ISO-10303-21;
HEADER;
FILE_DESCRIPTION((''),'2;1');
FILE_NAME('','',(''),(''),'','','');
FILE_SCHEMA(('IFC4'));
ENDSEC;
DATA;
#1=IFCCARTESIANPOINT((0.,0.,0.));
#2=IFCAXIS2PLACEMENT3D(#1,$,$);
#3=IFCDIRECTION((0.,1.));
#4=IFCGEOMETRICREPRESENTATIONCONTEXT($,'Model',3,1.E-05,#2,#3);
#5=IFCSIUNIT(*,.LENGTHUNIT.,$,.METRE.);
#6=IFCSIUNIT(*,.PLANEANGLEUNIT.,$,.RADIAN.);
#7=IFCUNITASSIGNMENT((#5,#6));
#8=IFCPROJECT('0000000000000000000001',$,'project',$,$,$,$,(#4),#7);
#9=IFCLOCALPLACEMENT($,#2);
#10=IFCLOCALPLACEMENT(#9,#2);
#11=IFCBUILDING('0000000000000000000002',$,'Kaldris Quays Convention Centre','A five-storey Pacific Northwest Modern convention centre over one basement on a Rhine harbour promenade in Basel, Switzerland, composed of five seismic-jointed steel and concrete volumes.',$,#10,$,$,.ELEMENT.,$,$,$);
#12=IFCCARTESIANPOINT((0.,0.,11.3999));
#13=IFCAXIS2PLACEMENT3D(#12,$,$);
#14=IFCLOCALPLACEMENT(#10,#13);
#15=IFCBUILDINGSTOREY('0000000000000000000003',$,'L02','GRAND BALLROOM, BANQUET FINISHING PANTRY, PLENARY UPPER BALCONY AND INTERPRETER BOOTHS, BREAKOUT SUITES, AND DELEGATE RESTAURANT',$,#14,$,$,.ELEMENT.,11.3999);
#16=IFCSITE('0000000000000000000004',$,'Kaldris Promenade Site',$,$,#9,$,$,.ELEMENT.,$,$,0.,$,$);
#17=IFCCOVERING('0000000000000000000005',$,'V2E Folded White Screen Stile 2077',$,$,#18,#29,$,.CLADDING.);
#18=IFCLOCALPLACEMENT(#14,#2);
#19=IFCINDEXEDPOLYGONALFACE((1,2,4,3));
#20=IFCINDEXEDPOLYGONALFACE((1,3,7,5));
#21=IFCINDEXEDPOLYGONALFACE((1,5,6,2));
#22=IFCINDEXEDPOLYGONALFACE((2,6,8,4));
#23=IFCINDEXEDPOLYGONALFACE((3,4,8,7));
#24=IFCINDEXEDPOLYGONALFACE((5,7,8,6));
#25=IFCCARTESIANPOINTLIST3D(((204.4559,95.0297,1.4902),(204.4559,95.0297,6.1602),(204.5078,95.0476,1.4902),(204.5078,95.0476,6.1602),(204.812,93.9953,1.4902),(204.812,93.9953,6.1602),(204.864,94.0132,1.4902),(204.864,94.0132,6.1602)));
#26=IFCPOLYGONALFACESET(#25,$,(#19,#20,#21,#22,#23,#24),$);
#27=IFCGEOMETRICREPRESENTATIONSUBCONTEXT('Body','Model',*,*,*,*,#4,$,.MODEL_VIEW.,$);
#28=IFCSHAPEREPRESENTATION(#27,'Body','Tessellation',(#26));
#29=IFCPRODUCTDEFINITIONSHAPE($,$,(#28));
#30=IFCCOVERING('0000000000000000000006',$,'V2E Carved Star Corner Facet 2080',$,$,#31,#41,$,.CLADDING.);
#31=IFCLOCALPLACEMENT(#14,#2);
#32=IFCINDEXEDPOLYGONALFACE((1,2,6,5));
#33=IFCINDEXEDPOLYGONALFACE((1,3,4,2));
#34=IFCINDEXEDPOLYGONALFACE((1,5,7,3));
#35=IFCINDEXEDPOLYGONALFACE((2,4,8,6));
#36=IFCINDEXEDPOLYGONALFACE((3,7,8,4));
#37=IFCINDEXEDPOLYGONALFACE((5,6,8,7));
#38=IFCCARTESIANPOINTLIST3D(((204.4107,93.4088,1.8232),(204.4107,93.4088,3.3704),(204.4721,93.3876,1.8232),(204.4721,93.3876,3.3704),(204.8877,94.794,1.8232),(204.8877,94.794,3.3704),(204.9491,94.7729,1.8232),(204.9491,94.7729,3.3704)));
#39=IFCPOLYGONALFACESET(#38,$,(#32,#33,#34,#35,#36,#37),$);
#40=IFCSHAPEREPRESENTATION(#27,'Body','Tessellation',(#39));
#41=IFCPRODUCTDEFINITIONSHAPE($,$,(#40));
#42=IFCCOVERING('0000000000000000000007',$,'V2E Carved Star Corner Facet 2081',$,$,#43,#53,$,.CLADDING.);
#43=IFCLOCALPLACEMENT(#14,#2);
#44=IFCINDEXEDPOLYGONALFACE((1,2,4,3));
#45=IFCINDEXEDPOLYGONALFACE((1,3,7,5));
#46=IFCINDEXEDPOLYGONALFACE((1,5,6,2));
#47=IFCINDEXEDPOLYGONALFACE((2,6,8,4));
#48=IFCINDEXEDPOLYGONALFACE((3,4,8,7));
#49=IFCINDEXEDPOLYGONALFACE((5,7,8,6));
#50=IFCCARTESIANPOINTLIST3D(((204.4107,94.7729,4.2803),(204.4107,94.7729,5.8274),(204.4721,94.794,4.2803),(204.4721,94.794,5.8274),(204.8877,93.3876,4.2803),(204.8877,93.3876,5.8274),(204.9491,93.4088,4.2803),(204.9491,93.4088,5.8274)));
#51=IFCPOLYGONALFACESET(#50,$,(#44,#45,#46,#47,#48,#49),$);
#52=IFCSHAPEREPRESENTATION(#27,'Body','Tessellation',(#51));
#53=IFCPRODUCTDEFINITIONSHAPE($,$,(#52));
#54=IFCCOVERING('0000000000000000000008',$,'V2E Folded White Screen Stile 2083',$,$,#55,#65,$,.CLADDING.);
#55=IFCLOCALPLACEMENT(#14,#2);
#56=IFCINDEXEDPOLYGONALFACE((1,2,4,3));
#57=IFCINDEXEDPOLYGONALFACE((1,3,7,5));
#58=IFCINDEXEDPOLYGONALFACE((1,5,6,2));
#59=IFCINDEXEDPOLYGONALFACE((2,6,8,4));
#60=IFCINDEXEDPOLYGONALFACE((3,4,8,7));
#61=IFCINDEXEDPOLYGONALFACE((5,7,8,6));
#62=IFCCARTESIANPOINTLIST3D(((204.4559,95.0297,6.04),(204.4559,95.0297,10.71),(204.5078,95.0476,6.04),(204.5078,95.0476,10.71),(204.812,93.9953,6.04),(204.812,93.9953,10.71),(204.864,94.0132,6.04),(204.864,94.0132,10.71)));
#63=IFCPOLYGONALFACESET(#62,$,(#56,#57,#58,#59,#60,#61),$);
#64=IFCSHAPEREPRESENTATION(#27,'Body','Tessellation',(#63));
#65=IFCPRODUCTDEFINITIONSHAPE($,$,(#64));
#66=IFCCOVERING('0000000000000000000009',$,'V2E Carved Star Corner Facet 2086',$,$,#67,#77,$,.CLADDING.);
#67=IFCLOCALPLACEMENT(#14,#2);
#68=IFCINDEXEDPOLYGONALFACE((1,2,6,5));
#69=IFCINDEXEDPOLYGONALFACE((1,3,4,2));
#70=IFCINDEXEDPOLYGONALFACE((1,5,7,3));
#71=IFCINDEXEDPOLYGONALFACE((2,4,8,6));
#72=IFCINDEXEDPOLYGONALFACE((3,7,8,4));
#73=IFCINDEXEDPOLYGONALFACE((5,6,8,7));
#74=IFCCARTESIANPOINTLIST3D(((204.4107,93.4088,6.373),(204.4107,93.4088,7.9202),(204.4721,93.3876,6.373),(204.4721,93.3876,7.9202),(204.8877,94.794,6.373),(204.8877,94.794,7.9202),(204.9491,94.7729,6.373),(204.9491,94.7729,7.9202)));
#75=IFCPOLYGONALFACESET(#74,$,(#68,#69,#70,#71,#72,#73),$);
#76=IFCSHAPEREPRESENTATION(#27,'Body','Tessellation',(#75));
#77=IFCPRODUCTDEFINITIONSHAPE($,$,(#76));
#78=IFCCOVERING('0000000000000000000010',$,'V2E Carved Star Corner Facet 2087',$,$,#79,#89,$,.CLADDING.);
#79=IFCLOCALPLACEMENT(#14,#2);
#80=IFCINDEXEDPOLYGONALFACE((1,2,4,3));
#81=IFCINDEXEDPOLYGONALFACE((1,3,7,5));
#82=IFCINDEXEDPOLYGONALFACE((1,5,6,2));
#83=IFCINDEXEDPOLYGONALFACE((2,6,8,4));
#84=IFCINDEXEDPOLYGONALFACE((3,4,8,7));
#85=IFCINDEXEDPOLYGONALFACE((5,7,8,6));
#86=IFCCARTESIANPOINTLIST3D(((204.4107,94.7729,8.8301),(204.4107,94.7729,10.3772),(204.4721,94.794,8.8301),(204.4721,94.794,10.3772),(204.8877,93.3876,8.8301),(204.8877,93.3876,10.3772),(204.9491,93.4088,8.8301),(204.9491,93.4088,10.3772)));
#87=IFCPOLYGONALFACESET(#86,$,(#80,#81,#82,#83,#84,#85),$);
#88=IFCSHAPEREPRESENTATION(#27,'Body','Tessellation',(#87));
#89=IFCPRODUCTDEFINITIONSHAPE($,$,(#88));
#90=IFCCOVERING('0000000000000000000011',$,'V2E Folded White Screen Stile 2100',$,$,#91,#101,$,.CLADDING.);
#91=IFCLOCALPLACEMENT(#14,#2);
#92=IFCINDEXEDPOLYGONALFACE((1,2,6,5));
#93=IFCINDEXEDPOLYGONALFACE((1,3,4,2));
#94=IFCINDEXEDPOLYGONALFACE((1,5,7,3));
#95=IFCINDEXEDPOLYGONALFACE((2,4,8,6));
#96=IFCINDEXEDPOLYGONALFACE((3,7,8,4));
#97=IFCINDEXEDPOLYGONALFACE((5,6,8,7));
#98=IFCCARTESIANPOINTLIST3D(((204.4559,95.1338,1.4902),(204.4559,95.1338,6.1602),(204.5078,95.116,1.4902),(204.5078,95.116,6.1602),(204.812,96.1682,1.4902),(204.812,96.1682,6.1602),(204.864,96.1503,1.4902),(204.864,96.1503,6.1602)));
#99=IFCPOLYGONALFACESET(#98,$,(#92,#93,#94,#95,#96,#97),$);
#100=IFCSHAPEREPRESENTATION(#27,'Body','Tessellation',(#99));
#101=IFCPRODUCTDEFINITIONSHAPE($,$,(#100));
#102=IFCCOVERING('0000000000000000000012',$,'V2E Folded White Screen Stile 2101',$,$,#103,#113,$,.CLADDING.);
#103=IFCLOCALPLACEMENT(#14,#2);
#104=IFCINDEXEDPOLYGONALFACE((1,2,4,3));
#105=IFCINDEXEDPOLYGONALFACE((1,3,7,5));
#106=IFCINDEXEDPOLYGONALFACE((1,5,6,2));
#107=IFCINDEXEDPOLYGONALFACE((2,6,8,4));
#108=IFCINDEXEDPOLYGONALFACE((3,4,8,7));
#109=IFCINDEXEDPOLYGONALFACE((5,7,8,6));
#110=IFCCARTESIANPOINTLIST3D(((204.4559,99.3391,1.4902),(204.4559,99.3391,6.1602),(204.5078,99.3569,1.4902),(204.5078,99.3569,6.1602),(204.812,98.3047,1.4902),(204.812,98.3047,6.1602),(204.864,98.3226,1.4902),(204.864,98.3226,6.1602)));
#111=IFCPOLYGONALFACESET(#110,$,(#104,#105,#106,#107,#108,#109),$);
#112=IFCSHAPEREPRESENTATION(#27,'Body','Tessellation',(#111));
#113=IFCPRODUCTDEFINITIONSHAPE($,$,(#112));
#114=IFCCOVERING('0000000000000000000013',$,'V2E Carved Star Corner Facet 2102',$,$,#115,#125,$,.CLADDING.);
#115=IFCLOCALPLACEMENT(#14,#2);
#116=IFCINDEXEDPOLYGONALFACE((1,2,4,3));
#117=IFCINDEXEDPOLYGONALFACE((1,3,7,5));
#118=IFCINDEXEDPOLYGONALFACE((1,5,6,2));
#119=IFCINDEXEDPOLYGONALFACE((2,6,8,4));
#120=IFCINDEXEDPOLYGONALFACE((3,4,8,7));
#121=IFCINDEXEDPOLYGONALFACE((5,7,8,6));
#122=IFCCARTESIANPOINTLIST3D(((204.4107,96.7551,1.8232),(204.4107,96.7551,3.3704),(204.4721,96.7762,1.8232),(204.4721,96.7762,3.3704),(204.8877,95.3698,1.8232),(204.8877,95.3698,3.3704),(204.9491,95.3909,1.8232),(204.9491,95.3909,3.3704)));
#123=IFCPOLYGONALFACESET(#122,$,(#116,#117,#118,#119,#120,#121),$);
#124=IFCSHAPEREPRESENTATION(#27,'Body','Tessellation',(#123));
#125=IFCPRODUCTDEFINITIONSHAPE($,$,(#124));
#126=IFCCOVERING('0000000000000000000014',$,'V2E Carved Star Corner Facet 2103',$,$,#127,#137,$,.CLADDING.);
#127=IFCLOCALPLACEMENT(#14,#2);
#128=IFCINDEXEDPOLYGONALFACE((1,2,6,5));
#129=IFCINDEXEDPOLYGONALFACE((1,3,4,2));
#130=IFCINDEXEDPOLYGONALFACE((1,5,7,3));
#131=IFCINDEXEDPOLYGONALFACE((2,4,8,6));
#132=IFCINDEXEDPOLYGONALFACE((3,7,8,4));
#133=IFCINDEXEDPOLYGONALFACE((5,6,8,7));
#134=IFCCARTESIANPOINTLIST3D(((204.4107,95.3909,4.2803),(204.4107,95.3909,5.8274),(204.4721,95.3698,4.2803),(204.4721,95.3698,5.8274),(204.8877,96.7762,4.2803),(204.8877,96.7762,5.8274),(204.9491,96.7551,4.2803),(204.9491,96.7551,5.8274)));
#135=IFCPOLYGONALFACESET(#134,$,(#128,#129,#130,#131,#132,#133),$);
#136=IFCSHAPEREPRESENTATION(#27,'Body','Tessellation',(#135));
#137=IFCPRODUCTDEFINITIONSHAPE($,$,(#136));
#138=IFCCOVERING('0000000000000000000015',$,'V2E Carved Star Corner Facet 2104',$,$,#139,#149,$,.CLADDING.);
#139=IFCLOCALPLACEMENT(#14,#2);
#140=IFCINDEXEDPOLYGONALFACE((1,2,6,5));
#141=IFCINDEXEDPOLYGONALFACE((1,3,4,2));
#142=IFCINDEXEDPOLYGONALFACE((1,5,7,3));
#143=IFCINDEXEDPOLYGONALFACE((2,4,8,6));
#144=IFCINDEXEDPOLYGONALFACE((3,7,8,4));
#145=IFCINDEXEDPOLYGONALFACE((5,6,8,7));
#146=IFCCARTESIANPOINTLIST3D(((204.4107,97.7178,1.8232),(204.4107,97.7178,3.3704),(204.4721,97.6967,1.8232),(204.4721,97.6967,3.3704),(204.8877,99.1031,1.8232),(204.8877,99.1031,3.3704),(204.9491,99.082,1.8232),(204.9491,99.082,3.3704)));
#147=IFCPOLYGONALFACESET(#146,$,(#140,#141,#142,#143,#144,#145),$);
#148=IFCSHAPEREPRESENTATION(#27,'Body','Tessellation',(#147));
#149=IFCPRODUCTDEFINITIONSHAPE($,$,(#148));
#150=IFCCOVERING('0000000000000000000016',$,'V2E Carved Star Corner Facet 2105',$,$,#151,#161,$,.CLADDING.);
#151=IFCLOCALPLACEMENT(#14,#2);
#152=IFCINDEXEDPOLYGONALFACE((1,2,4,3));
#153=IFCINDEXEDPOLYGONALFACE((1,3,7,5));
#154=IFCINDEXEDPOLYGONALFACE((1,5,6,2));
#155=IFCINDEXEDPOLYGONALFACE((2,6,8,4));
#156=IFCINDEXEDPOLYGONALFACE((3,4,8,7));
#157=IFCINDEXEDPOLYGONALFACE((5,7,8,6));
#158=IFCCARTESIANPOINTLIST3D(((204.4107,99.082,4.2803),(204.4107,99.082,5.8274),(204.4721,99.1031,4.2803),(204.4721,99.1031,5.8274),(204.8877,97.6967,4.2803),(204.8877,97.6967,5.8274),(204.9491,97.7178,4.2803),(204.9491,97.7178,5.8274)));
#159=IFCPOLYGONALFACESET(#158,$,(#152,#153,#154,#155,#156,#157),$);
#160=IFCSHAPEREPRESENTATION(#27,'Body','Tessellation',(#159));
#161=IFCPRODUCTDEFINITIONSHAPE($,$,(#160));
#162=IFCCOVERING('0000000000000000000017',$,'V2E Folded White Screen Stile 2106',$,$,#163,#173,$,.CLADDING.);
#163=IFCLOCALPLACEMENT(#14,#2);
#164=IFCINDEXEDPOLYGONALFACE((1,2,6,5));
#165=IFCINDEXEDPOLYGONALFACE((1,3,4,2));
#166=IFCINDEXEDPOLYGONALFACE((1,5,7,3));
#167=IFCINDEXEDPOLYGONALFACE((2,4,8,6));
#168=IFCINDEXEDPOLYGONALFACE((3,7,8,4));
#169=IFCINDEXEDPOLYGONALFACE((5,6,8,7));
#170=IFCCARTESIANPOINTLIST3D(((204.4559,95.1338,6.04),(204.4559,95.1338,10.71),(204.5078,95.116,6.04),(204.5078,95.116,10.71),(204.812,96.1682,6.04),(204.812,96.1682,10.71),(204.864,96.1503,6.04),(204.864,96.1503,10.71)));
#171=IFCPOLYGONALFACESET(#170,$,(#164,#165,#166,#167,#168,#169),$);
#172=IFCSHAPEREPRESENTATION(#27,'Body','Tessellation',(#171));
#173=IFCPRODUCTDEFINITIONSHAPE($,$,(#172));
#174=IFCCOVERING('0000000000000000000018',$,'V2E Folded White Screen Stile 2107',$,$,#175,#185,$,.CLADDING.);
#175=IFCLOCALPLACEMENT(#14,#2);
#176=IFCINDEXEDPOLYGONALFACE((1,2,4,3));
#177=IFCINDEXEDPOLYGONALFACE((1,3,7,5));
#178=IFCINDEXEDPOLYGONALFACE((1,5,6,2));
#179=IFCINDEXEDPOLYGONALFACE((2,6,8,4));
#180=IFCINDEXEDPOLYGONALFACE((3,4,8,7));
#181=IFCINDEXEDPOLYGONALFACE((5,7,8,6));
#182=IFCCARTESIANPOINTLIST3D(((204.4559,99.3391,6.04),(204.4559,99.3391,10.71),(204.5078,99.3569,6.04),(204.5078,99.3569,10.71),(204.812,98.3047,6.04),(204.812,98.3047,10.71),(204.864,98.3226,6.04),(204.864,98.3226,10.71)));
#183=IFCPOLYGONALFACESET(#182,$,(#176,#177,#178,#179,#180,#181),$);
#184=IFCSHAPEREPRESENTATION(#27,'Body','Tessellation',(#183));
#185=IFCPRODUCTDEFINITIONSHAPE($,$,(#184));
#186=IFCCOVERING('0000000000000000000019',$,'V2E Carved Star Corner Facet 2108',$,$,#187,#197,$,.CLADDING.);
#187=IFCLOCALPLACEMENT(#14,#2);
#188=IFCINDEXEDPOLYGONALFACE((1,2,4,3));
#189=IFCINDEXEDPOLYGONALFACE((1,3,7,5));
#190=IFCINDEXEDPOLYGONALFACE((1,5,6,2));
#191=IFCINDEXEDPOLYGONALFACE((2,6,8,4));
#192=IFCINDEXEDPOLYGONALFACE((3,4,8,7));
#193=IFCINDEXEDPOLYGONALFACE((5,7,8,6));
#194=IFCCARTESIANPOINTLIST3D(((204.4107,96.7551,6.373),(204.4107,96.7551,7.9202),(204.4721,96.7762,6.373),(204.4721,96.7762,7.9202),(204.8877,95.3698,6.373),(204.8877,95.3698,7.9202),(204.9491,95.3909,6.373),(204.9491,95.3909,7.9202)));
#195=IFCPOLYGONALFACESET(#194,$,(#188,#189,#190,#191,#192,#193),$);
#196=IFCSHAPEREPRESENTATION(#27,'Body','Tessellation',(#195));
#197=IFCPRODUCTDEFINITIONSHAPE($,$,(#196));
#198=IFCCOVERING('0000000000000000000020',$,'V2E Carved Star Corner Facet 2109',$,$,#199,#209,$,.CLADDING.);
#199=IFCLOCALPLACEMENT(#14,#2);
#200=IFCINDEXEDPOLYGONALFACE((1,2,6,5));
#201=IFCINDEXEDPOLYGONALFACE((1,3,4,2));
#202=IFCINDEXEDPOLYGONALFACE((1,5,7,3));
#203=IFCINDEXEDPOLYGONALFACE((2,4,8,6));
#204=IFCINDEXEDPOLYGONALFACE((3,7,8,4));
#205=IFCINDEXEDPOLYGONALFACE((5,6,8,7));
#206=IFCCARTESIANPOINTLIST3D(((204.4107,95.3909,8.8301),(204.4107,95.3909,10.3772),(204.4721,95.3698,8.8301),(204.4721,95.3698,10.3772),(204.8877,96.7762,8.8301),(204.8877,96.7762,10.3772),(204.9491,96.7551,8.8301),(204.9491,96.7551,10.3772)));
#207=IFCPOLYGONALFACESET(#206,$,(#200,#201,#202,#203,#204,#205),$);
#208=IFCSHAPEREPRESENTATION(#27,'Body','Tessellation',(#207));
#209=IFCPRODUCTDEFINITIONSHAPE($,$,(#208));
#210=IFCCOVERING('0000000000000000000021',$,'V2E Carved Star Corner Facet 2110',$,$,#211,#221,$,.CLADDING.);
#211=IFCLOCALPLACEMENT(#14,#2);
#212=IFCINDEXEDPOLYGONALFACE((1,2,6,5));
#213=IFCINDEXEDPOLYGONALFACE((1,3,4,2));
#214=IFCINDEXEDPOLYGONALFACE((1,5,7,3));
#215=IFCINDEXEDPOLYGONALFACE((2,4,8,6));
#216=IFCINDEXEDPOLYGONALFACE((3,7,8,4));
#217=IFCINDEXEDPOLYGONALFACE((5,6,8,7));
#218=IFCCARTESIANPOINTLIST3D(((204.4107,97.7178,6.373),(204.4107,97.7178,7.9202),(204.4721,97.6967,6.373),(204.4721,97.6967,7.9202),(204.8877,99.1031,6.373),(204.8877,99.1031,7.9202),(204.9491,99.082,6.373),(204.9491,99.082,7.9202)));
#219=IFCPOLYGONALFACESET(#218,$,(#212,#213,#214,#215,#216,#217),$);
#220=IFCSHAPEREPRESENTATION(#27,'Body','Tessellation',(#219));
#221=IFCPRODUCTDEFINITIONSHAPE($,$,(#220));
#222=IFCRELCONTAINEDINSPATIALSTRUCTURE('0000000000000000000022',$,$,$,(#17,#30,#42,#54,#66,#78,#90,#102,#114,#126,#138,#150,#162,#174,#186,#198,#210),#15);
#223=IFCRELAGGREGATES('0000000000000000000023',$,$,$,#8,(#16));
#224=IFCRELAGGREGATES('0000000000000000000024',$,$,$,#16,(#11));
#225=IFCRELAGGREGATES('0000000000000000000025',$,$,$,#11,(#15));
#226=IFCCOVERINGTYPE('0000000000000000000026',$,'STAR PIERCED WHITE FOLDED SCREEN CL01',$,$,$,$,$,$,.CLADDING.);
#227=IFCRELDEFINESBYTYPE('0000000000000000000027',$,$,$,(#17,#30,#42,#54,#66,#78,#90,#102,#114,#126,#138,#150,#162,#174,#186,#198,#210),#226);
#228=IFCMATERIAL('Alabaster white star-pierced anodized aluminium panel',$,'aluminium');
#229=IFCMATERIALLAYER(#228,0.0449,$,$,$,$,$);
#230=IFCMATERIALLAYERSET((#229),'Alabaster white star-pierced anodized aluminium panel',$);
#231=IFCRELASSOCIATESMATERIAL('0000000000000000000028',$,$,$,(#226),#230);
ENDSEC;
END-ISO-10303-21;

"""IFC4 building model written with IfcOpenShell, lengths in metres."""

from ifc_helpers import new_model, si_unit, direction, frame, origin, origin_2d, place, context, subcontext, project, spatial, rectangle, extrude, material, layer, layer_set, type_object, element, save


model = new_model("IFC4")

# Units and contexts
model_context = context("Model", 3, precision=1e-05, world=origin(), true_north=direction((0.0, 1.0)))
body_context = subcontext(model_context, "Body", "Model", "MODEL_VIEW")
ifc_project = project(units=[si_unit("LENGTHUNIT", "METRE"), si_unit("PLANEANGLEUNIT", "RADIAN")], contexts=[model_context])

# Site, building, storey
site_placement = place(None, origin())
site = spatial("IfcSite", under=ifc_project, at=site_placement, Name="Kaldris Promenade Site", CompositionType="ELEMENT", RefElevation=0.0)
building_placement = place(site_placement, origin())
building = spatial("IfcBuilding", under=site, at=building_placement, Name="Kaldris Quays Convention Centre", Description="A five-storey Pacific Northwest Modern convention centre over one basement on a Rhine harbour promenade in Basel, Switzerland, composed of five seismic-jointed steel and concrete volumes.", CompositionType="ELEMENT")
storey_placement = place(building_placement, frame((0.0, 0.0, 11.3999)))
storey = spatial("IfcBuildingStorey", under=building, at=storey_placement, Name="L02", Description="GRAND BALLROOM, BANQUET FINISHING PANTRY, PLENARY UPPER BALCONY AND INTERPRETER BOOTHS, BREAKOUT SUITES, AND DELEGATE RESTAURANT", CompositionType="ELEMENT", Elevation=11.3999)

# Coverings
ifc_material_1 = material(Name="Alabaster white star-pierced anodized aluminium panel", Category="aluminium")
ifc_layer = layer(ifc_material_1, 0.0449)
ifc_layer_set = layer_set([ifc_layer], Name="Alabaster white star-pierced anodized aluminium panel")
covering_type = type_object("IfcCoveringType", Name="STAR PIERCED WHITE FOLDED SCREEN CL01", PredefinedType="CLADDING", material=ifc_layer_set)
covering_1_placement = place(storey_placement, frame((204.6599, 94.5215, 1.4902), z_axis=(0.0, 0.0, 1.0), x_axis=(-0.325568, 0.945519, 0.0)))
element("IfcCovering", 1, at=covering_1_placement, inside=storey, type_object=covering_type, Name="V2E Folded White Screen Stile 2077", PredefinedType="CLADDING", context=body_context, shape_type="SweptSolid", body=[
    extrude(rectangle(XDim=1.094, YDim=0.0549, at=origin_2d()), origin(), (0.0, 0.0, 1.0), 4.6699),
])
for number, where, z_axis, x_axis, name in (
    (2, (204.6799, 94.0908, 1.8232), (0.0, 0.0, 1.0), (0.325568, 0.945519, 0.0), "V2E Carved Star Corner Facet 2080"),
    (3, (204.6799, 94.0908, 4.2803), (0.0, 0.0, 1.0), (-0.325568, 0.945519, 0.0), "V2E Carved Star Corner Facet 2081"),
):
    element("IfcCovering", number, at=place(storey_placement, frame(where, z_axis=z_axis, x_axis=x_axis)), inside=storey, type_object=covering_type, Name=name, PredefinedType="CLADDING", context=body_context, shape_type="SweptSolid", body=[
        extrude(rectangle(XDim=1.4651, YDim=0.0649, at=origin_2d()), origin(), (0.0, 0.0, 1.0), 1.5471),
    ])
covering_2_placement = place(storey_placement, frame((204.6599, 94.5215, 6.04), z_axis=(0.0, 0.0, 1.0), x_axis=(-0.325568, 0.945519, 0.0)))
element("IfcCovering", 4, at=covering_2_placement, inside=storey, type_object=covering_type, Name="V2E Folded White Screen Stile 2083", PredefinedType="CLADDING", context=body_context, shape_type="SweptSolid", body=[
    extrude(rectangle(XDim=1.094, YDim=0.0549, at=origin_2d()), origin(), (0.0, 0.0, 1.0), 4.6699),
])
for number, where, z_axis, x_axis, name in (
    (5, (204.6799, 94.0908, 6.373), (0.0, 0.0, 1.0), (0.325568, 0.945519, 0.0), "V2E Carved Star Corner Facet 2086"),
    (6, (204.6799, 94.0908, 8.8301), (0.0, 0.0, 1.0), (-0.325568, 0.945519, 0.0), "V2E Carved Star Corner Facet 2087"),
):
    element("IfcCovering", number, at=place(storey_placement, frame(where, z_axis=z_axis, x_axis=x_axis)), inside=storey, type_object=covering_type, Name=name, PredefinedType="CLADDING", context=body_context, shape_type="SweptSolid", body=[
        extrude(rectangle(XDim=1.4651, YDim=0.0649, at=origin_2d()), origin(), (0.0, 0.0, 1.0), 1.5471),
    ])
for number, where, z_axis, x_axis, name in (
    (7, (204.6599, 95.6421, 1.4902), (0.0, 0.0, 1.0), (0.325568, 0.945519, 0.0), "V2E Folded White Screen Stile 2100"),
    (8, (204.6599, 98.8308, 1.4902), (0.0, 0.0, 1.0), (-0.325568, 0.945519, 0.0), "V2E Folded White Screen Stile 2101"),
):
    element("IfcCovering", number, at=place(storey_placement, frame(where, z_axis=z_axis, x_axis=x_axis)), inside=storey, type_object=covering_type, Name=name, PredefinedType="CLADDING", context=body_context, shape_type="SweptSolid", body=[
        extrude(rectangle(XDim=1.094, YDim=0.0549, at=origin_2d()), origin(), (0.0, 0.0, 1.0), 4.6699),
    ])
for number, where, z_axis, x_axis, name in (
    (9, (204.6799, 96.073, 1.8232), (0.0, 0.0, 1.0), (-0.325568, 0.945519, 0.0), "V2E Carved Star Corner Facet 2102"),
    (10, (204.6799, 96.073, 4.2803), (0.0, 0.0, 1.0), (0.325568, 0.945519, 0.0), "V2E Carved Star Corner Facet 2103"),
    (11, (204.6799, 98.3999, 1.8232), (0.0, 0.0, 1.0), (0.325568, 0.945519, 0.0), "V2E Carved Star Corner Facet 2104"),
    (12, (204.6799, 98.3999, 4.2803), (0.0, 0.0, 1.0), (-0.325568, 0.945519, 0.0), "V2E Carved Star Corner Facet 2105"),
):
    element("IfcCovering", number, at=place(storey_placement, frame(where, z_axis=z_axis, x_axis=x_axis)), inside=storey, type_object=covering_type, Name=name, PredefinedType="CLADDING", context=body_context, shape_type="SweptSolid", body=[
        extrude(rectangle(XDim=1.4651, YDim=0.0649, at=origin_2d()), origin(), (0.0, 0.0, 1.0), 1.5471),
    ])
for number, where, z_axis, x_axis, name in (
    (13, (204.6599, 95.6421, 6.04), (0.0, 0.0, 1.0), (0.325568, 0.945519, 0.0), "V2E Folded White Screen Stile 2106"),
    (14, (204.6599, 98.8308, 6.04), (0.0, 0.0, 1.0), (-0.325568, 0.945519, 0.0), "V2E Folded White Screen Stile 2107"),
):
    element("IfcCovering", number, at=place(storey_placement, frame(where, z_axis=z_axis, x_axis=x_axis)), inside=storey, type_object=covering_type, Name=name, PredefinedType="CLADDING", context=body_context, shape_type="SweptSolid", body=[
        extrude(rectangle(XDim=1.094, YDim=0.0549, at=origin_2d()), origin(), (0.0, 0.0, 1.0), 4.6699),
    ])
for number, where, z_axis, x_axis, name in (
    (15, (204.6799, 96.073, 6.373), (0.0, 0.0, 1.0), (-0.325568, 0.945519, 0.0), "V2E Carved Star Corner Facet 2108"),
    (16, (204.6799, 96.073, 8.8301), (0.0, 0.0, 1.0), (0.325568, 0.945519, 0.0), "V2E Carved Star Corner Facet 2109"),
    (17, (204.6799, 98.3999, 6.373), (0.0, 0.0, 1.0), (0.325568, 0.945519, 0.0), "V2E Carved Star Corner Facet 2110"),
):
    element("IfcCovering", number, at=place(storey_placement, frame(where, z_axis=z_axis, x_axis=x_axis)), inside=storey, type_object=covering_type, Name=name, PredefinedType="CLADDING", context=body_context, shape_type="SweptSolid", body=[
        extrude(rectangle(XDim=1.4651, YDim=0.0649, at=origin_2d()), origin(), (0.0, 0.0, 1.0), 1.5471),
    ])

save(model, "model.ifc")
